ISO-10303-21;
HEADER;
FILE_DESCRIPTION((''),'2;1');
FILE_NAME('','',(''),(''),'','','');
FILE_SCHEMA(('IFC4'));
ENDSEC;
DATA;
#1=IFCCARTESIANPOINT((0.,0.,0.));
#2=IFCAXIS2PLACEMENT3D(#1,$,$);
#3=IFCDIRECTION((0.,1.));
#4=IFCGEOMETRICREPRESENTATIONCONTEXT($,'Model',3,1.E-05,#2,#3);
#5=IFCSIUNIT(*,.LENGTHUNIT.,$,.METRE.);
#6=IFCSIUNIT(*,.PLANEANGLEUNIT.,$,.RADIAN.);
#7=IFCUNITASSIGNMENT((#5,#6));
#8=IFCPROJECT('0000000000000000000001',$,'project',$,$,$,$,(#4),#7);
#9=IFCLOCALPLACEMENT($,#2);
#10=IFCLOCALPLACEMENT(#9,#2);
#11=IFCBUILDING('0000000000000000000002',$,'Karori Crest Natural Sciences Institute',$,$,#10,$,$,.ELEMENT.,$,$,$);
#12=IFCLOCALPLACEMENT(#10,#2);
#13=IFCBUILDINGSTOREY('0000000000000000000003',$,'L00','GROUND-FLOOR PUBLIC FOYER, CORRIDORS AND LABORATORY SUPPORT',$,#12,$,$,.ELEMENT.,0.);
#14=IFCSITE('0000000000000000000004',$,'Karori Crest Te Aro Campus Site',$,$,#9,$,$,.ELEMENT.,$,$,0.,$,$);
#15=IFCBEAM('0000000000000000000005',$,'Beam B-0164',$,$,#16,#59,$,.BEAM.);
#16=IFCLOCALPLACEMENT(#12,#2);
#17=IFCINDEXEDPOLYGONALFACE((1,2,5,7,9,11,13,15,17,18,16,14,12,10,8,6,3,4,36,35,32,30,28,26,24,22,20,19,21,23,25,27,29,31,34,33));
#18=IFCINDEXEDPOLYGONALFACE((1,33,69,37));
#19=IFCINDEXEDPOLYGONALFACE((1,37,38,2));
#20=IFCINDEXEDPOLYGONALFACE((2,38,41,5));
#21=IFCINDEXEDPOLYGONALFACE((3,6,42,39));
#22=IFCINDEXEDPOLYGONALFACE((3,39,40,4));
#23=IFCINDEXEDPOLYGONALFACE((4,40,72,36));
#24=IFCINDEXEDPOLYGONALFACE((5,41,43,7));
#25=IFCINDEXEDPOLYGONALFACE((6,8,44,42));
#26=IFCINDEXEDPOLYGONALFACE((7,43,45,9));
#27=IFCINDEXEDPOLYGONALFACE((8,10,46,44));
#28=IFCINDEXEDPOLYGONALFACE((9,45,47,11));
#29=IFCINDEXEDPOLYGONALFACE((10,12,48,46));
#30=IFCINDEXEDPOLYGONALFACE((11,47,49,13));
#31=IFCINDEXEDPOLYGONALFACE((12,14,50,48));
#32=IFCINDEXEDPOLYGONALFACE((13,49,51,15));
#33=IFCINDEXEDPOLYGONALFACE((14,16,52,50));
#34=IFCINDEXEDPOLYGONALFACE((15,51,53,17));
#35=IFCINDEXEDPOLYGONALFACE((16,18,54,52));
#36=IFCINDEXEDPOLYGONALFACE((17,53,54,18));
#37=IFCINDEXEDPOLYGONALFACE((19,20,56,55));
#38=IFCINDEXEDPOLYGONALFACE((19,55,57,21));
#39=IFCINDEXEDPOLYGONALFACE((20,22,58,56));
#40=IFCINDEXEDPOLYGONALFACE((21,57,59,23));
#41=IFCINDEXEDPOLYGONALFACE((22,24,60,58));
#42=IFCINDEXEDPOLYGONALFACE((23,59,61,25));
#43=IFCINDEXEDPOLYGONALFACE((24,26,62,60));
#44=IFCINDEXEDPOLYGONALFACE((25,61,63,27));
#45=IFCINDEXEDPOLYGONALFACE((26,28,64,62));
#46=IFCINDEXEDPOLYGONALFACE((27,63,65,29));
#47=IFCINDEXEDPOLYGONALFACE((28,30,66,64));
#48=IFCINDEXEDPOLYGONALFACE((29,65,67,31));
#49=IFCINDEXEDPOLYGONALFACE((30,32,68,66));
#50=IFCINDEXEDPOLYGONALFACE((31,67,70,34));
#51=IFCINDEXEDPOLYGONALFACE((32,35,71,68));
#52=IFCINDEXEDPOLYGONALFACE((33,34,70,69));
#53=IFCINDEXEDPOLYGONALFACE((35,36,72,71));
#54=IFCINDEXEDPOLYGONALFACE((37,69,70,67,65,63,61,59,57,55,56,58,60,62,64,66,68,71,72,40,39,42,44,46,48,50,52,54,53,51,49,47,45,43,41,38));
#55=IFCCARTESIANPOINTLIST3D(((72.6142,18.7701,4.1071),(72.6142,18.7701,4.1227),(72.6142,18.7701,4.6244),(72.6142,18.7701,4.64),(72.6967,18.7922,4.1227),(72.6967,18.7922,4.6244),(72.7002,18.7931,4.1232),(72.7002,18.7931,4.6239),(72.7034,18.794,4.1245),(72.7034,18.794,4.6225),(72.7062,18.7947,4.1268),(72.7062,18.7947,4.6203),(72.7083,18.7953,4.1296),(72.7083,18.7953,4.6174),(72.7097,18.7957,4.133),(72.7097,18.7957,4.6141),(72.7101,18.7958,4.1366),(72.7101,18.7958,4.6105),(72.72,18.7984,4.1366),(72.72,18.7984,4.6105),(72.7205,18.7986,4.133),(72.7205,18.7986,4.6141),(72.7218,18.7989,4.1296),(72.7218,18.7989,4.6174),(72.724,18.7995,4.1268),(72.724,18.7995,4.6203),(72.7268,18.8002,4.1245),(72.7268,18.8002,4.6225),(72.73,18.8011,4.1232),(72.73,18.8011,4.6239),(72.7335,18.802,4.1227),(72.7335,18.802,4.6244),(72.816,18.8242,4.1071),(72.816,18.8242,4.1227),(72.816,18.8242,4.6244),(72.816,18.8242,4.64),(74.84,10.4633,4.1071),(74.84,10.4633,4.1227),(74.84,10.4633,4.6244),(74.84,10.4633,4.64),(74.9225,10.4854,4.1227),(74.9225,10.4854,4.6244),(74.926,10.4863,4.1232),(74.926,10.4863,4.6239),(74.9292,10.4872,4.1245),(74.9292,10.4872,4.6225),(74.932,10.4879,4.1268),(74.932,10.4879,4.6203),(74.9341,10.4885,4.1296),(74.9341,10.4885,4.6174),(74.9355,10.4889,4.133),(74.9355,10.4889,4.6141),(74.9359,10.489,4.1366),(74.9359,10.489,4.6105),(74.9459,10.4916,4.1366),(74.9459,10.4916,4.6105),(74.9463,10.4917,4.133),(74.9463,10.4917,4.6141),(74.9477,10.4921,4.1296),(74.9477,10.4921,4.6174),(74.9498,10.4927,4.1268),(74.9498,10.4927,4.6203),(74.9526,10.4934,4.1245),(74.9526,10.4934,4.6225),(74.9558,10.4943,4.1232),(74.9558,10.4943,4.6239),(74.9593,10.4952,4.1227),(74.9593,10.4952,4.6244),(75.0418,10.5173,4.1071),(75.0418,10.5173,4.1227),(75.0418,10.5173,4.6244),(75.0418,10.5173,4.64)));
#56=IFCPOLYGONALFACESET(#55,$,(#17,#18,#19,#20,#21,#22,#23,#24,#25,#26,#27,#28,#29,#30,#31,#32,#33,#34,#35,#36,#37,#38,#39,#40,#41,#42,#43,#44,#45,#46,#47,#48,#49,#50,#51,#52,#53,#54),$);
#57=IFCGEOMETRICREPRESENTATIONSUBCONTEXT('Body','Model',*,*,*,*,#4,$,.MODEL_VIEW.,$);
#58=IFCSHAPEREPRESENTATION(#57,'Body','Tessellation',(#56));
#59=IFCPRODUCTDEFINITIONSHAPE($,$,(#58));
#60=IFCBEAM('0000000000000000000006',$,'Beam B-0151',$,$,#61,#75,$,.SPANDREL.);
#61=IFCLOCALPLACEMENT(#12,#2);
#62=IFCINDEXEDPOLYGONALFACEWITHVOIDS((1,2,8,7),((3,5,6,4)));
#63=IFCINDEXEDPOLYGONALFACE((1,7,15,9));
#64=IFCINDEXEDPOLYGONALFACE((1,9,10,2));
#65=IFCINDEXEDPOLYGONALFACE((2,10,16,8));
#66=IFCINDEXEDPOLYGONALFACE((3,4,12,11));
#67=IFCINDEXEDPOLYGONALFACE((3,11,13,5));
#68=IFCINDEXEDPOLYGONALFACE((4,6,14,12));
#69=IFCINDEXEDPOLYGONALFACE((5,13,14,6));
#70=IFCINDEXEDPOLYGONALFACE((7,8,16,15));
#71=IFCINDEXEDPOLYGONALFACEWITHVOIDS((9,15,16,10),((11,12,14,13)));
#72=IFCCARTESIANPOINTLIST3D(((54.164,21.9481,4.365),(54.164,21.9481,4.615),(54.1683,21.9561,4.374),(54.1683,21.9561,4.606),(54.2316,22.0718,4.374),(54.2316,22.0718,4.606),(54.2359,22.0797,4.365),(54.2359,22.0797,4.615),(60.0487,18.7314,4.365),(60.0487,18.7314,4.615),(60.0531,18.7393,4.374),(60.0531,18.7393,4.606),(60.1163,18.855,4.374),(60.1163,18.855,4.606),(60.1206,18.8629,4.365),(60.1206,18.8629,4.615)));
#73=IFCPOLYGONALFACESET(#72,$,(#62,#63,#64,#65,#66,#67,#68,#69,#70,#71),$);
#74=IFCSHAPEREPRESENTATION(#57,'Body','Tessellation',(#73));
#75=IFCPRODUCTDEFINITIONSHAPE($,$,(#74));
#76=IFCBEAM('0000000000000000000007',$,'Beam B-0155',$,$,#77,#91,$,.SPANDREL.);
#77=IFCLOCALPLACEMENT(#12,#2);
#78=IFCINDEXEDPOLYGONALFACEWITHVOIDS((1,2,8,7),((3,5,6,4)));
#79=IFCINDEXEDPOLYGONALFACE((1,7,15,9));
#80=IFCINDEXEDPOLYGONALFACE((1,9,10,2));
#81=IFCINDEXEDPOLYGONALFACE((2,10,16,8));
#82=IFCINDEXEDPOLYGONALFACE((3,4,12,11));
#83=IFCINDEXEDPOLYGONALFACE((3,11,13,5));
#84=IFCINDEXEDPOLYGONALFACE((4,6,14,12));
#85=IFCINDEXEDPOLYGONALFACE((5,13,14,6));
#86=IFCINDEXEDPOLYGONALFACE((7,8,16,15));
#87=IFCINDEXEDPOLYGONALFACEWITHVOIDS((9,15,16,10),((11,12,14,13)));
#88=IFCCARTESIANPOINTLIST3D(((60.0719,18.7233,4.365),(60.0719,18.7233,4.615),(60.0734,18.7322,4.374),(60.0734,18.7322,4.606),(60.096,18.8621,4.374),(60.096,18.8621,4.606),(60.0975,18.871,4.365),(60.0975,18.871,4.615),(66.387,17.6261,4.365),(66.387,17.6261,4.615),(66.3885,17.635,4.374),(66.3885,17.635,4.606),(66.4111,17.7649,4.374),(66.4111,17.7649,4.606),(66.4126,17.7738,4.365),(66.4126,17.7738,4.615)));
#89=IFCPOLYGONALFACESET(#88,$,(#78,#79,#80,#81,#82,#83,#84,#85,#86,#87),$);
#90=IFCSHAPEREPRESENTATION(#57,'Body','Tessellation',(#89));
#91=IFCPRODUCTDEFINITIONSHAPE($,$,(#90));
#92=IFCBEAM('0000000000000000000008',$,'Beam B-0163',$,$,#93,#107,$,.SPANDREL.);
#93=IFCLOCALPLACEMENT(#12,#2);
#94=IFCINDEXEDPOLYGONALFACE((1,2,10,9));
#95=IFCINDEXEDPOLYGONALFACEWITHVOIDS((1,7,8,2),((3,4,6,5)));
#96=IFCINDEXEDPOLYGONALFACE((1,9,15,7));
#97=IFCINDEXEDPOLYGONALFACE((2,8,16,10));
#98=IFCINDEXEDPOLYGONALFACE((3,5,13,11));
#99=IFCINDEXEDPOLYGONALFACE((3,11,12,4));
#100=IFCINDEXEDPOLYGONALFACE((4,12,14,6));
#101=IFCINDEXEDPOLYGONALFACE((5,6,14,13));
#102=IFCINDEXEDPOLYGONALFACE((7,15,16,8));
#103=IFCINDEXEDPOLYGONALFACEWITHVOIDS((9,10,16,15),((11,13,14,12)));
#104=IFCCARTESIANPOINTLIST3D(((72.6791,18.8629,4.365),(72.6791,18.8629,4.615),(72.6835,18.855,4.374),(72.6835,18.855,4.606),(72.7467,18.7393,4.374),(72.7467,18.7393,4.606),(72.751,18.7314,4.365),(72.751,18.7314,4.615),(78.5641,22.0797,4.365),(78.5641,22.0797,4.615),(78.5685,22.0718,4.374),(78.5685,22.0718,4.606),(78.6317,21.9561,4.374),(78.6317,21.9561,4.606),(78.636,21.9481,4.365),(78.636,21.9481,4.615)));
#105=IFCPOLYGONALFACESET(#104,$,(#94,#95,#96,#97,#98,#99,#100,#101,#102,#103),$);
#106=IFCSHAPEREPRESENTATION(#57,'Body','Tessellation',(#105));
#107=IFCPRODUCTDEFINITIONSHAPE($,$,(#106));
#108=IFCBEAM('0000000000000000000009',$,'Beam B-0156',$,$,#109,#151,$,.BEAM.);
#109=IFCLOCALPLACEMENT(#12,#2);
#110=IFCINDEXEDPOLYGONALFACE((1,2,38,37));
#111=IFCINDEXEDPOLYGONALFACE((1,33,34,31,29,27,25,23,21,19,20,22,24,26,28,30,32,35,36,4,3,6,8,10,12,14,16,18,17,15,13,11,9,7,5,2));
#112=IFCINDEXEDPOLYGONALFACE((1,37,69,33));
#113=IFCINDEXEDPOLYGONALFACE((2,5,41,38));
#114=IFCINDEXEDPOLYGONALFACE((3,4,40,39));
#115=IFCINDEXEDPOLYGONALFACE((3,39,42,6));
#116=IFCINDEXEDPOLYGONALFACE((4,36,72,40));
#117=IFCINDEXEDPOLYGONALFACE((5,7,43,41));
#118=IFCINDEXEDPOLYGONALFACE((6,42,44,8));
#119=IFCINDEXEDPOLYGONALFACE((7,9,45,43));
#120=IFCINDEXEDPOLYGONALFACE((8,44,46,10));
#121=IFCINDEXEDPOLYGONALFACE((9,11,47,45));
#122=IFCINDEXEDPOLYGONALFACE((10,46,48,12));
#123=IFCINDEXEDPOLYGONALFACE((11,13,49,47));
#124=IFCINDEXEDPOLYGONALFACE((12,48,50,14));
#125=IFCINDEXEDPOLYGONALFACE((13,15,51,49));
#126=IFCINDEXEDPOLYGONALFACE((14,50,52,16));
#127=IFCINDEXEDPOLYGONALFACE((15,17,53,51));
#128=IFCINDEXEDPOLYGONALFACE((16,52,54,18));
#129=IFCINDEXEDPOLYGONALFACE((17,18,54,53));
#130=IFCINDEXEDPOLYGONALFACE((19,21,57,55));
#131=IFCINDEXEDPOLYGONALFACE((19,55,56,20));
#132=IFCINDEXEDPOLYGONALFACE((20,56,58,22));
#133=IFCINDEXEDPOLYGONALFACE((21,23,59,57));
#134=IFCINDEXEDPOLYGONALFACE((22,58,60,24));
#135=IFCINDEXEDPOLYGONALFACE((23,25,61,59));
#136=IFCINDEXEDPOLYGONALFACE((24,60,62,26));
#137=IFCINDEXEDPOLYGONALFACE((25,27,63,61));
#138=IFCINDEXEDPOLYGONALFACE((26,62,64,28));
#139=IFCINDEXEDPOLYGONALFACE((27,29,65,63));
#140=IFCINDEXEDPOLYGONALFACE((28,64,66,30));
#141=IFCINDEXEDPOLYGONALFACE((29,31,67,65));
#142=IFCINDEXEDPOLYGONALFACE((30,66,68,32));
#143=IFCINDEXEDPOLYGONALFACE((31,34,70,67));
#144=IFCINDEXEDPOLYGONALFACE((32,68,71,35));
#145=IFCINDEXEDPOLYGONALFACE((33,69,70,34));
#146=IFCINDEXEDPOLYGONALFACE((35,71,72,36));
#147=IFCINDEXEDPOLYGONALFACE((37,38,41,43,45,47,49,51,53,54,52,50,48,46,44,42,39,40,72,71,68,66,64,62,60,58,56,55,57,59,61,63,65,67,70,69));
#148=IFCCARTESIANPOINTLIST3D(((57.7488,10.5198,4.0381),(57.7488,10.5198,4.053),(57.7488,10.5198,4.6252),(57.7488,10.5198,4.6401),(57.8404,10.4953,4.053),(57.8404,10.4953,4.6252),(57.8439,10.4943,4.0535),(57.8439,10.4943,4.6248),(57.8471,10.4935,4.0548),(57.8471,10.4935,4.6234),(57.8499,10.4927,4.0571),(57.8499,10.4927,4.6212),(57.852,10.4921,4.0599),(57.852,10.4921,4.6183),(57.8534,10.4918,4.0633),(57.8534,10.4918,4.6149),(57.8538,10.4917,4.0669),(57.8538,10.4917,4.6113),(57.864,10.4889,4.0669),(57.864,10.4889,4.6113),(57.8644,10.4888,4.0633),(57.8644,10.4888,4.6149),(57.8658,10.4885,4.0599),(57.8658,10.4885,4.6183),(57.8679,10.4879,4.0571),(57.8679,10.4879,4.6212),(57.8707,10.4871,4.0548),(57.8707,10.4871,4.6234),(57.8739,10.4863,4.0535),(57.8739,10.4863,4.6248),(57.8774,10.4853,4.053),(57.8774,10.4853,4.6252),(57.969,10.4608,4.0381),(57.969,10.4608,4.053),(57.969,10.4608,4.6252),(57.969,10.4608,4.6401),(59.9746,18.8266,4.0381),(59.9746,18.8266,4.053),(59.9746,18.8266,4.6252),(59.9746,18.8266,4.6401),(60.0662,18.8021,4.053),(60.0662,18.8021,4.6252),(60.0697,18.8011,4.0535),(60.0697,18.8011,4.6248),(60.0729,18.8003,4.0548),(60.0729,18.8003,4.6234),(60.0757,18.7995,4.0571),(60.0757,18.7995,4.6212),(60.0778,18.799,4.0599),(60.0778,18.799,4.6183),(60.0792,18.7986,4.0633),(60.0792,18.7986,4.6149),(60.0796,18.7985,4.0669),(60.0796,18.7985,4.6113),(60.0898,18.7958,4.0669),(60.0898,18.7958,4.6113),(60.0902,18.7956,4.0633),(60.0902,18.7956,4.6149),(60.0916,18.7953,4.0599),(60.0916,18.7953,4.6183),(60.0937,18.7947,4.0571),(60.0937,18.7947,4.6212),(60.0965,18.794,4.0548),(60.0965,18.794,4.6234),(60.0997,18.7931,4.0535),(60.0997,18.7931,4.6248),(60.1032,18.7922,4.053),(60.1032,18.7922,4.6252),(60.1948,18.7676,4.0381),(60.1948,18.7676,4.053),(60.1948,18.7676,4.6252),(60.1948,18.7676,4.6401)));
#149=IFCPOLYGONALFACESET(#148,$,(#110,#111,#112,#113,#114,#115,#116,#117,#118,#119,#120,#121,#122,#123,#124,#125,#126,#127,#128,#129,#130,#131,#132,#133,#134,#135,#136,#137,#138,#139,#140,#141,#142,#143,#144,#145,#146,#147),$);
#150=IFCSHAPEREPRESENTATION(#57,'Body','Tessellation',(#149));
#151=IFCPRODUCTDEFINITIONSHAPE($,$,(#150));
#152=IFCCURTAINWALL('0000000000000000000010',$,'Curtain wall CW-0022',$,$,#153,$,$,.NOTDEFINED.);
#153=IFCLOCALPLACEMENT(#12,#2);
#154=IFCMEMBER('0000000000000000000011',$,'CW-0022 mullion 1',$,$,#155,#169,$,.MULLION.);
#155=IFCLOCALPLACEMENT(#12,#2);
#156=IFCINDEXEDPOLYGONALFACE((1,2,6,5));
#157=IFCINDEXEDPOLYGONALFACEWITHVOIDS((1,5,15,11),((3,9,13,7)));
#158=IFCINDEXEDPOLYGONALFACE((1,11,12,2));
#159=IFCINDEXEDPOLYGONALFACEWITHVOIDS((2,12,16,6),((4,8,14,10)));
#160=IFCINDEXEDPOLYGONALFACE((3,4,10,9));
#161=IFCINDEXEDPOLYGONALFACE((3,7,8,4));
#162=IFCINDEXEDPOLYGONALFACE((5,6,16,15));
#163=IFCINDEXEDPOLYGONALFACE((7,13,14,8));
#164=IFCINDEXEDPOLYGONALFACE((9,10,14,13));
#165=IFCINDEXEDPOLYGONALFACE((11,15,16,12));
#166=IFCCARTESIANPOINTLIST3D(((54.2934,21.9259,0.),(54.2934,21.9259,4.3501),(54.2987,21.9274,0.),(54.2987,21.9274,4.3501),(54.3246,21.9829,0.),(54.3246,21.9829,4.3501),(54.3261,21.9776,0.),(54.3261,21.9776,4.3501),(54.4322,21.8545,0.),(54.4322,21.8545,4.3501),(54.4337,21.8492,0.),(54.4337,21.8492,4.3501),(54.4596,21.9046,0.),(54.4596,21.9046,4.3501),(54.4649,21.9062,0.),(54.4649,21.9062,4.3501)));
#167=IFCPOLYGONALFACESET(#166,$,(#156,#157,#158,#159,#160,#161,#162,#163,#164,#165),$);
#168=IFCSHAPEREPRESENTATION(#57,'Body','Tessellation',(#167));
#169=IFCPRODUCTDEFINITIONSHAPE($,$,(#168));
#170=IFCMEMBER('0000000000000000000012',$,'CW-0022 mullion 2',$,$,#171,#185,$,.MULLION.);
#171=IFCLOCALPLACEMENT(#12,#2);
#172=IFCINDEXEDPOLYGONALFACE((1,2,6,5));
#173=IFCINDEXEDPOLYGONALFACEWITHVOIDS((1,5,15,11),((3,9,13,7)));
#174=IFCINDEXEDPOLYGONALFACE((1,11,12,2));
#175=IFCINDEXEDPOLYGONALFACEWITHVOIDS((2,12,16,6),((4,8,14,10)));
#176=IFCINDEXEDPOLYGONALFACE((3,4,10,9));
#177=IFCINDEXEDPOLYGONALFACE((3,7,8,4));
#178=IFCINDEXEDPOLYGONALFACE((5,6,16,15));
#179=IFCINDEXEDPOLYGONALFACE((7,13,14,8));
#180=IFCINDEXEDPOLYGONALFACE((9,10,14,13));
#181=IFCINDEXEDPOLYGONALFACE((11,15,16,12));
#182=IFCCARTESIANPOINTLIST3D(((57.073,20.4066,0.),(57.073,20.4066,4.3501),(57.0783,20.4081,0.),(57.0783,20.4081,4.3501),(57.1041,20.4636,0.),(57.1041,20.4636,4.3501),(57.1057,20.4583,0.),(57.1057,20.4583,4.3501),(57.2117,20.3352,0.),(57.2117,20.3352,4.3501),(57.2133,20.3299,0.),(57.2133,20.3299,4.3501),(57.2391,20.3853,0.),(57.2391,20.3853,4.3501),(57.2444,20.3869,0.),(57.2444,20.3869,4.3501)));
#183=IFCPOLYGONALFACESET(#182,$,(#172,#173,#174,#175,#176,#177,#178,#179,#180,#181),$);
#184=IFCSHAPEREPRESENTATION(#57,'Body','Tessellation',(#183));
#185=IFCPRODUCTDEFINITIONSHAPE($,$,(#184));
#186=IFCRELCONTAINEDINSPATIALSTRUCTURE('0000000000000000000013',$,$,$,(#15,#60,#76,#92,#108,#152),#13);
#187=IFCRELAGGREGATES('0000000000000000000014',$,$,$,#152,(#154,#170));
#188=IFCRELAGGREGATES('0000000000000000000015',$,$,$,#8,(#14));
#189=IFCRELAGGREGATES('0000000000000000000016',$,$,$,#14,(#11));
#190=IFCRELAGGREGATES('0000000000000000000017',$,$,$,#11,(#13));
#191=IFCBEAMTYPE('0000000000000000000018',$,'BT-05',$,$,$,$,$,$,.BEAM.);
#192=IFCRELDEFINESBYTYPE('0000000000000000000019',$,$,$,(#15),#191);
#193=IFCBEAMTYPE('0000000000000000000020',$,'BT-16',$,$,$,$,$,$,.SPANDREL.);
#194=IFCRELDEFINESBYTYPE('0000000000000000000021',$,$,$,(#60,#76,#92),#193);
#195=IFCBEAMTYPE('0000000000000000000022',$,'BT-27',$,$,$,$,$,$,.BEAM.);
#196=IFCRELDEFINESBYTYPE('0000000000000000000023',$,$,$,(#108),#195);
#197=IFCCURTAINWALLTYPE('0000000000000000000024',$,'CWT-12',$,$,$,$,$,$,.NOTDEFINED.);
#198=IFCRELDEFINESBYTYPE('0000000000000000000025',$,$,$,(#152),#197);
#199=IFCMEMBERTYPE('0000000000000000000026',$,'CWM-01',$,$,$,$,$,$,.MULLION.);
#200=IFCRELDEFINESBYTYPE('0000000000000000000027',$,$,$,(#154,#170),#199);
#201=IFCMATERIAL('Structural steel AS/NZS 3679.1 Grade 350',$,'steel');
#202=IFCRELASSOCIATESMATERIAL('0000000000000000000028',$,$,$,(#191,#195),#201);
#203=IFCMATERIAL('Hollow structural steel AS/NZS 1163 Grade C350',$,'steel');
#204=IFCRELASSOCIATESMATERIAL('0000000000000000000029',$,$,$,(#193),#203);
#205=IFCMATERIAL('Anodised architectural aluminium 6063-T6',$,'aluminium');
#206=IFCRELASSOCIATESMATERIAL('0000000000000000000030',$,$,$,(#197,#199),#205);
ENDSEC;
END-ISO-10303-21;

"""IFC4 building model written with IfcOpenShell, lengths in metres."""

from ifc_helpers import new_model, si_unit, direction, frame, origin, origin_2d, place, context, subcontext, project, spatial, hollow_rectangle, i_section, extrude, material, material_profile, profile_set, type_object, element, aggregate, save


model = new_model("IFC4")

# Units and contexts
model_context = context("Model", 3, precision=1e-05, world=origin(), true_north=direction((0.0, 1.0)))
body_context = subcontext(model_context, "Body", "Model", "MODEL_VIEW")
ifc_project = project(units=[si_unit("LENGTHUNIT", "METRE"), si_unit("PLANEANGLEUNIT", "RADIAN")], contexts=[model_context])

# Site, building, storey
site_placement = place(None, origin())
site = spatial("IfcSite", under=ifc_project, at=site_placement, Name="Karori Crest Te Aro Campus Site", CompositionType="ELEMENT", RefElevation=0.0)
building_placement = place(site_placement, origin())
building = spatial("IfcBuilding", under=site, at=building_placement, Name="Karori Crest Natural Sciences Institute", CompositionType="ELEMENT")
storey_placement = place(building_placement, origin())
storey = spatial("IfcBuildingStorey", under=building, at=storey_placement, Name="L00", Description="GROUND-FLOOR PUBLIC FOYER, CORRIDORS AND LABORATORY SUPPORT", CompositionType="ELEMENT", Elevation=0.0)

# Shared definitions
ifc_material_1 = material(Name="Hollow structural steel AS/NZS 1163 Grade C350", Category="steel")
ifc_material_2 = material(Name="Structural steel AS/NZS 3679.1 Grade 350", Category="steel")

# Beams
ifc_material_profile_1 = material_profile(ifc_material_2, i_section(OverallWidth=0.209, OverallDepth=0.533, WebThickness=0.0103, FlangeThickness=0.0156, FilletRadius=0.0139, at=origin_2d()), Name="530UB92.4")
ifc_profile_set_1 = profile_set([ifc_material_profile_1], Name="Structural steel AS/NZS 3679.1 Grade 350")
beam_type_1 = type_object("IfcBeamType", Name="BT-05", PredefinedType="BEAM", material=ifc_profile_set_1)
beam_1_placement = place(storey_placement, frame((72.7151, 18.7971, 4.3735), z_axis=(0.25882, -0.965926, 0.0), x_axis=(0.965926, 0.25882, 0.0)))
element("IfcBeam", 1, at=beam_1_placement, inside=storey, type_object=beam_type_1, Name="Beam B-0164", PredefinedType="BEAM", context=body_context, shape_type="SweptSolid", body=[
    extrude(i_section(OverallWidth=0.209, OverallDepth=0.533, WebThickness=0.0103, FlangeThickness=0.0156, FilletRadius=0.0139, at=origin_2d()), origin(), (0.0, 0.0, 1.0), 8.5999),
])
ifc_material_profile_2 = material_profile(ifc_material_1, hollow_rectangle(XDim=0.1499, YDim=0.25, WallThickness=0.009, at=origin_2d()), Name="RHS250x150x9")
ifc_profile_set_2 = profile_set([ifc_material_profile_2], Name="Hollow structural steel AS/NZS 1163 Grade C350")
beam_type_2 = type_object("IfcBeamType", Name="BT-16", PredefinedType="SPANDREL", material=ifc_profile_set_2)
beam_2_placement = place(storey_placement, frame((54.2, 22.0139, 4.49), z_axis=(0.877461, -0.479648, 0.0), x_axis=(0.479648, 0.877461, 0.0)))
element("IfcBeam", 2, at=beam_2_placement, inside=storey, type_object=beam_type_2, Name="Beam B-0151", PredefinedType="SPANDREL", context=body_context, shape_type="SweptSolid", body=[
    extrude(hollow_rectangle(XDim=0.1499, YDim=0.25, WallThickness=0.009, at=origin_2d()), origin(), (0.0, 0.0, 1.0), 6.7065),
])
beam_3_placement = place(storey_placement, frame((60.0847, 18.7971, 4.49), z_axis=(0.985241, -0.171171, 0.0), x_axis=(0.171171, 0.985241, 0.0)))
element("IfcBeam", 3, at=beam_3_placement, inside=storey, type_object=beam_type_2, Name="Beam B-0155", PredefinedType="SPANDREL", context=body_context, shape_type="SweptSolid", body=[
    extrude(hollow_rectangle(XDim=0.1499, YDim=0.25, WallThickness=0.009, at=origin_2d()), origin(), (0.0, 0.0, 1.0), 6.4097),
])
beam_4_placement = place(storey_placement, frame((72.7151, 18.7971, 4.49), z_axis=(0.87747, 0.479632, 0.0), x_axis=(-0.479632, 0.87747, 0.0)))
element("IfcBeam", 4, at=beam_4_placement, inside=storey, type_object=beam_type_2, Name="Beam B-0163", PredefinedType="SPANDREL", context=body_context, shape_type="SweptSolid", body=[
    extrude(hollow_rectangle(XDim=0.1499, YDim=0.25, WallThickness=0.009, at=origin_2d()), origin(), (0.0, 0.0, 1.0), 6.7068),
])
ifc_material_profile_3 = material_profile(ifc_material_2, i_section(OverallWidth=0.228, OverallDepth=0.6021, WebThickness=0.0105, FlangeThickness=0.0149, FilletRadius=0.0139, at=origin_2d()), Name="610UB101")
ifc_profile_set_3 = profile_set([ifc_material_profile_3], Name="Structural steel AS/NZS 3679.1 Grade 350")
beam_type_3 = type_object("IfcBeamType", Name="BT-27", PredefinedType="BEAM", material=ifc_profile_set_3)
beam_5_placement = place(storey_placement, frame((60.0847, 18.7971, 4.3391), z_axis=(-0.25882, -0.965926, 0.0), x_axis=(0.965926, -0.25882, 0.0)))
element("IfcBeam", 5, at=beam_5_placement, inside=storey, type_object=beam_type_3, Name="Beam B-0156", PredefinedType="BEAM", context=body_context, shape_type="SweptSolid", body=[
    extrude(i_section(OverallWidth=0.228, OverallDepth=0.6021, WebThickness=0.0105, FlangeThickness=0.0149, FilletRadius=0.0139, at=origin_2d()), origin(), (0.0, 0.0, 1.0), 8.5999),
])

# Curtain wall, members
ifc_material_3 = material(Name="Anodised architectural aluminium 6063-T6", Category="aluminium")
curtain_wall_type_1 = type_object("IfcCurtainWallType", Name="CWT-12", PredefinedType="NOTDEFINED", material=ifc_material_3)
curtain_wall_1_placement = place(storey_placement, origin())
curtain_wall_1 = element("IfcCurtainWall", 6, at=curtain_wall_1_placement, inside=storey, type_object=curtain_wall_type_1, Name="Curtain wall CW-0022", PredefinedType="NOTDEFINED")
ifc_material_profile_4 = material_profile(ifc_material_3, hollow_rectangle(XDim=0.0649, YDim=0.1599, WallThickness=0.0039, at=origin_2d()), Name="CWM160x65x4")
ifc_profile_set_4 = profile_set([ifc_material_profile_4], Name="Anodised architectural aluminium 6063-T6")
member_type_1 = type_object("IfcMemberType", Name="CWM-01", PredefinedType="MULLION", material=ifc_profile_set_4)
member_1_placement = place(storey_placement, frame((54.3792, 21.916, 0.0), z_axis=(0.0, 0.0, 1.0), x_axis=(0.479643, 0.877464, 0.0)))
member_1 = element("IfcMember", 7, at=member_1_placement, type_object=member_type_1, Name="CW-0022 mullion 1", PredefinedType="MULLION", context=body_context, shape_type="SweptSolid", body=[
    extrude(hollow_rectangle(XDim=0.0649, YDim=0.1599, WallThickness=0.0039, at=origin_2d()), origin(), (0.0, 0.0, 1.0), 4.3501),
])
member_2_placement = place(storey_placement, frame((57.1587, 20.3967, 0.0), z_axis=(0.0, 0.0, 1.0), x_axis=(0.479643, 0.877464, 0.0)))
member_2 = element("IfcMember", 8, at=member_2_placement, type_object=member_type_1, Name="CW-0022 mullion 2", PredefinedType="MULLION", context=body_context, shape_type="SweptSolid", body=[
    extrude(hollow_rectangle(XDim=0.0649, YDim=0.1599, WallThickness=0.0039, at=origin_2d()), origin(), (0.0, 0.0, 1.0), 4.3501),
])

aggregate(curtain_wall_1, [member_1, member_2])

save(model, "model.ifc")
